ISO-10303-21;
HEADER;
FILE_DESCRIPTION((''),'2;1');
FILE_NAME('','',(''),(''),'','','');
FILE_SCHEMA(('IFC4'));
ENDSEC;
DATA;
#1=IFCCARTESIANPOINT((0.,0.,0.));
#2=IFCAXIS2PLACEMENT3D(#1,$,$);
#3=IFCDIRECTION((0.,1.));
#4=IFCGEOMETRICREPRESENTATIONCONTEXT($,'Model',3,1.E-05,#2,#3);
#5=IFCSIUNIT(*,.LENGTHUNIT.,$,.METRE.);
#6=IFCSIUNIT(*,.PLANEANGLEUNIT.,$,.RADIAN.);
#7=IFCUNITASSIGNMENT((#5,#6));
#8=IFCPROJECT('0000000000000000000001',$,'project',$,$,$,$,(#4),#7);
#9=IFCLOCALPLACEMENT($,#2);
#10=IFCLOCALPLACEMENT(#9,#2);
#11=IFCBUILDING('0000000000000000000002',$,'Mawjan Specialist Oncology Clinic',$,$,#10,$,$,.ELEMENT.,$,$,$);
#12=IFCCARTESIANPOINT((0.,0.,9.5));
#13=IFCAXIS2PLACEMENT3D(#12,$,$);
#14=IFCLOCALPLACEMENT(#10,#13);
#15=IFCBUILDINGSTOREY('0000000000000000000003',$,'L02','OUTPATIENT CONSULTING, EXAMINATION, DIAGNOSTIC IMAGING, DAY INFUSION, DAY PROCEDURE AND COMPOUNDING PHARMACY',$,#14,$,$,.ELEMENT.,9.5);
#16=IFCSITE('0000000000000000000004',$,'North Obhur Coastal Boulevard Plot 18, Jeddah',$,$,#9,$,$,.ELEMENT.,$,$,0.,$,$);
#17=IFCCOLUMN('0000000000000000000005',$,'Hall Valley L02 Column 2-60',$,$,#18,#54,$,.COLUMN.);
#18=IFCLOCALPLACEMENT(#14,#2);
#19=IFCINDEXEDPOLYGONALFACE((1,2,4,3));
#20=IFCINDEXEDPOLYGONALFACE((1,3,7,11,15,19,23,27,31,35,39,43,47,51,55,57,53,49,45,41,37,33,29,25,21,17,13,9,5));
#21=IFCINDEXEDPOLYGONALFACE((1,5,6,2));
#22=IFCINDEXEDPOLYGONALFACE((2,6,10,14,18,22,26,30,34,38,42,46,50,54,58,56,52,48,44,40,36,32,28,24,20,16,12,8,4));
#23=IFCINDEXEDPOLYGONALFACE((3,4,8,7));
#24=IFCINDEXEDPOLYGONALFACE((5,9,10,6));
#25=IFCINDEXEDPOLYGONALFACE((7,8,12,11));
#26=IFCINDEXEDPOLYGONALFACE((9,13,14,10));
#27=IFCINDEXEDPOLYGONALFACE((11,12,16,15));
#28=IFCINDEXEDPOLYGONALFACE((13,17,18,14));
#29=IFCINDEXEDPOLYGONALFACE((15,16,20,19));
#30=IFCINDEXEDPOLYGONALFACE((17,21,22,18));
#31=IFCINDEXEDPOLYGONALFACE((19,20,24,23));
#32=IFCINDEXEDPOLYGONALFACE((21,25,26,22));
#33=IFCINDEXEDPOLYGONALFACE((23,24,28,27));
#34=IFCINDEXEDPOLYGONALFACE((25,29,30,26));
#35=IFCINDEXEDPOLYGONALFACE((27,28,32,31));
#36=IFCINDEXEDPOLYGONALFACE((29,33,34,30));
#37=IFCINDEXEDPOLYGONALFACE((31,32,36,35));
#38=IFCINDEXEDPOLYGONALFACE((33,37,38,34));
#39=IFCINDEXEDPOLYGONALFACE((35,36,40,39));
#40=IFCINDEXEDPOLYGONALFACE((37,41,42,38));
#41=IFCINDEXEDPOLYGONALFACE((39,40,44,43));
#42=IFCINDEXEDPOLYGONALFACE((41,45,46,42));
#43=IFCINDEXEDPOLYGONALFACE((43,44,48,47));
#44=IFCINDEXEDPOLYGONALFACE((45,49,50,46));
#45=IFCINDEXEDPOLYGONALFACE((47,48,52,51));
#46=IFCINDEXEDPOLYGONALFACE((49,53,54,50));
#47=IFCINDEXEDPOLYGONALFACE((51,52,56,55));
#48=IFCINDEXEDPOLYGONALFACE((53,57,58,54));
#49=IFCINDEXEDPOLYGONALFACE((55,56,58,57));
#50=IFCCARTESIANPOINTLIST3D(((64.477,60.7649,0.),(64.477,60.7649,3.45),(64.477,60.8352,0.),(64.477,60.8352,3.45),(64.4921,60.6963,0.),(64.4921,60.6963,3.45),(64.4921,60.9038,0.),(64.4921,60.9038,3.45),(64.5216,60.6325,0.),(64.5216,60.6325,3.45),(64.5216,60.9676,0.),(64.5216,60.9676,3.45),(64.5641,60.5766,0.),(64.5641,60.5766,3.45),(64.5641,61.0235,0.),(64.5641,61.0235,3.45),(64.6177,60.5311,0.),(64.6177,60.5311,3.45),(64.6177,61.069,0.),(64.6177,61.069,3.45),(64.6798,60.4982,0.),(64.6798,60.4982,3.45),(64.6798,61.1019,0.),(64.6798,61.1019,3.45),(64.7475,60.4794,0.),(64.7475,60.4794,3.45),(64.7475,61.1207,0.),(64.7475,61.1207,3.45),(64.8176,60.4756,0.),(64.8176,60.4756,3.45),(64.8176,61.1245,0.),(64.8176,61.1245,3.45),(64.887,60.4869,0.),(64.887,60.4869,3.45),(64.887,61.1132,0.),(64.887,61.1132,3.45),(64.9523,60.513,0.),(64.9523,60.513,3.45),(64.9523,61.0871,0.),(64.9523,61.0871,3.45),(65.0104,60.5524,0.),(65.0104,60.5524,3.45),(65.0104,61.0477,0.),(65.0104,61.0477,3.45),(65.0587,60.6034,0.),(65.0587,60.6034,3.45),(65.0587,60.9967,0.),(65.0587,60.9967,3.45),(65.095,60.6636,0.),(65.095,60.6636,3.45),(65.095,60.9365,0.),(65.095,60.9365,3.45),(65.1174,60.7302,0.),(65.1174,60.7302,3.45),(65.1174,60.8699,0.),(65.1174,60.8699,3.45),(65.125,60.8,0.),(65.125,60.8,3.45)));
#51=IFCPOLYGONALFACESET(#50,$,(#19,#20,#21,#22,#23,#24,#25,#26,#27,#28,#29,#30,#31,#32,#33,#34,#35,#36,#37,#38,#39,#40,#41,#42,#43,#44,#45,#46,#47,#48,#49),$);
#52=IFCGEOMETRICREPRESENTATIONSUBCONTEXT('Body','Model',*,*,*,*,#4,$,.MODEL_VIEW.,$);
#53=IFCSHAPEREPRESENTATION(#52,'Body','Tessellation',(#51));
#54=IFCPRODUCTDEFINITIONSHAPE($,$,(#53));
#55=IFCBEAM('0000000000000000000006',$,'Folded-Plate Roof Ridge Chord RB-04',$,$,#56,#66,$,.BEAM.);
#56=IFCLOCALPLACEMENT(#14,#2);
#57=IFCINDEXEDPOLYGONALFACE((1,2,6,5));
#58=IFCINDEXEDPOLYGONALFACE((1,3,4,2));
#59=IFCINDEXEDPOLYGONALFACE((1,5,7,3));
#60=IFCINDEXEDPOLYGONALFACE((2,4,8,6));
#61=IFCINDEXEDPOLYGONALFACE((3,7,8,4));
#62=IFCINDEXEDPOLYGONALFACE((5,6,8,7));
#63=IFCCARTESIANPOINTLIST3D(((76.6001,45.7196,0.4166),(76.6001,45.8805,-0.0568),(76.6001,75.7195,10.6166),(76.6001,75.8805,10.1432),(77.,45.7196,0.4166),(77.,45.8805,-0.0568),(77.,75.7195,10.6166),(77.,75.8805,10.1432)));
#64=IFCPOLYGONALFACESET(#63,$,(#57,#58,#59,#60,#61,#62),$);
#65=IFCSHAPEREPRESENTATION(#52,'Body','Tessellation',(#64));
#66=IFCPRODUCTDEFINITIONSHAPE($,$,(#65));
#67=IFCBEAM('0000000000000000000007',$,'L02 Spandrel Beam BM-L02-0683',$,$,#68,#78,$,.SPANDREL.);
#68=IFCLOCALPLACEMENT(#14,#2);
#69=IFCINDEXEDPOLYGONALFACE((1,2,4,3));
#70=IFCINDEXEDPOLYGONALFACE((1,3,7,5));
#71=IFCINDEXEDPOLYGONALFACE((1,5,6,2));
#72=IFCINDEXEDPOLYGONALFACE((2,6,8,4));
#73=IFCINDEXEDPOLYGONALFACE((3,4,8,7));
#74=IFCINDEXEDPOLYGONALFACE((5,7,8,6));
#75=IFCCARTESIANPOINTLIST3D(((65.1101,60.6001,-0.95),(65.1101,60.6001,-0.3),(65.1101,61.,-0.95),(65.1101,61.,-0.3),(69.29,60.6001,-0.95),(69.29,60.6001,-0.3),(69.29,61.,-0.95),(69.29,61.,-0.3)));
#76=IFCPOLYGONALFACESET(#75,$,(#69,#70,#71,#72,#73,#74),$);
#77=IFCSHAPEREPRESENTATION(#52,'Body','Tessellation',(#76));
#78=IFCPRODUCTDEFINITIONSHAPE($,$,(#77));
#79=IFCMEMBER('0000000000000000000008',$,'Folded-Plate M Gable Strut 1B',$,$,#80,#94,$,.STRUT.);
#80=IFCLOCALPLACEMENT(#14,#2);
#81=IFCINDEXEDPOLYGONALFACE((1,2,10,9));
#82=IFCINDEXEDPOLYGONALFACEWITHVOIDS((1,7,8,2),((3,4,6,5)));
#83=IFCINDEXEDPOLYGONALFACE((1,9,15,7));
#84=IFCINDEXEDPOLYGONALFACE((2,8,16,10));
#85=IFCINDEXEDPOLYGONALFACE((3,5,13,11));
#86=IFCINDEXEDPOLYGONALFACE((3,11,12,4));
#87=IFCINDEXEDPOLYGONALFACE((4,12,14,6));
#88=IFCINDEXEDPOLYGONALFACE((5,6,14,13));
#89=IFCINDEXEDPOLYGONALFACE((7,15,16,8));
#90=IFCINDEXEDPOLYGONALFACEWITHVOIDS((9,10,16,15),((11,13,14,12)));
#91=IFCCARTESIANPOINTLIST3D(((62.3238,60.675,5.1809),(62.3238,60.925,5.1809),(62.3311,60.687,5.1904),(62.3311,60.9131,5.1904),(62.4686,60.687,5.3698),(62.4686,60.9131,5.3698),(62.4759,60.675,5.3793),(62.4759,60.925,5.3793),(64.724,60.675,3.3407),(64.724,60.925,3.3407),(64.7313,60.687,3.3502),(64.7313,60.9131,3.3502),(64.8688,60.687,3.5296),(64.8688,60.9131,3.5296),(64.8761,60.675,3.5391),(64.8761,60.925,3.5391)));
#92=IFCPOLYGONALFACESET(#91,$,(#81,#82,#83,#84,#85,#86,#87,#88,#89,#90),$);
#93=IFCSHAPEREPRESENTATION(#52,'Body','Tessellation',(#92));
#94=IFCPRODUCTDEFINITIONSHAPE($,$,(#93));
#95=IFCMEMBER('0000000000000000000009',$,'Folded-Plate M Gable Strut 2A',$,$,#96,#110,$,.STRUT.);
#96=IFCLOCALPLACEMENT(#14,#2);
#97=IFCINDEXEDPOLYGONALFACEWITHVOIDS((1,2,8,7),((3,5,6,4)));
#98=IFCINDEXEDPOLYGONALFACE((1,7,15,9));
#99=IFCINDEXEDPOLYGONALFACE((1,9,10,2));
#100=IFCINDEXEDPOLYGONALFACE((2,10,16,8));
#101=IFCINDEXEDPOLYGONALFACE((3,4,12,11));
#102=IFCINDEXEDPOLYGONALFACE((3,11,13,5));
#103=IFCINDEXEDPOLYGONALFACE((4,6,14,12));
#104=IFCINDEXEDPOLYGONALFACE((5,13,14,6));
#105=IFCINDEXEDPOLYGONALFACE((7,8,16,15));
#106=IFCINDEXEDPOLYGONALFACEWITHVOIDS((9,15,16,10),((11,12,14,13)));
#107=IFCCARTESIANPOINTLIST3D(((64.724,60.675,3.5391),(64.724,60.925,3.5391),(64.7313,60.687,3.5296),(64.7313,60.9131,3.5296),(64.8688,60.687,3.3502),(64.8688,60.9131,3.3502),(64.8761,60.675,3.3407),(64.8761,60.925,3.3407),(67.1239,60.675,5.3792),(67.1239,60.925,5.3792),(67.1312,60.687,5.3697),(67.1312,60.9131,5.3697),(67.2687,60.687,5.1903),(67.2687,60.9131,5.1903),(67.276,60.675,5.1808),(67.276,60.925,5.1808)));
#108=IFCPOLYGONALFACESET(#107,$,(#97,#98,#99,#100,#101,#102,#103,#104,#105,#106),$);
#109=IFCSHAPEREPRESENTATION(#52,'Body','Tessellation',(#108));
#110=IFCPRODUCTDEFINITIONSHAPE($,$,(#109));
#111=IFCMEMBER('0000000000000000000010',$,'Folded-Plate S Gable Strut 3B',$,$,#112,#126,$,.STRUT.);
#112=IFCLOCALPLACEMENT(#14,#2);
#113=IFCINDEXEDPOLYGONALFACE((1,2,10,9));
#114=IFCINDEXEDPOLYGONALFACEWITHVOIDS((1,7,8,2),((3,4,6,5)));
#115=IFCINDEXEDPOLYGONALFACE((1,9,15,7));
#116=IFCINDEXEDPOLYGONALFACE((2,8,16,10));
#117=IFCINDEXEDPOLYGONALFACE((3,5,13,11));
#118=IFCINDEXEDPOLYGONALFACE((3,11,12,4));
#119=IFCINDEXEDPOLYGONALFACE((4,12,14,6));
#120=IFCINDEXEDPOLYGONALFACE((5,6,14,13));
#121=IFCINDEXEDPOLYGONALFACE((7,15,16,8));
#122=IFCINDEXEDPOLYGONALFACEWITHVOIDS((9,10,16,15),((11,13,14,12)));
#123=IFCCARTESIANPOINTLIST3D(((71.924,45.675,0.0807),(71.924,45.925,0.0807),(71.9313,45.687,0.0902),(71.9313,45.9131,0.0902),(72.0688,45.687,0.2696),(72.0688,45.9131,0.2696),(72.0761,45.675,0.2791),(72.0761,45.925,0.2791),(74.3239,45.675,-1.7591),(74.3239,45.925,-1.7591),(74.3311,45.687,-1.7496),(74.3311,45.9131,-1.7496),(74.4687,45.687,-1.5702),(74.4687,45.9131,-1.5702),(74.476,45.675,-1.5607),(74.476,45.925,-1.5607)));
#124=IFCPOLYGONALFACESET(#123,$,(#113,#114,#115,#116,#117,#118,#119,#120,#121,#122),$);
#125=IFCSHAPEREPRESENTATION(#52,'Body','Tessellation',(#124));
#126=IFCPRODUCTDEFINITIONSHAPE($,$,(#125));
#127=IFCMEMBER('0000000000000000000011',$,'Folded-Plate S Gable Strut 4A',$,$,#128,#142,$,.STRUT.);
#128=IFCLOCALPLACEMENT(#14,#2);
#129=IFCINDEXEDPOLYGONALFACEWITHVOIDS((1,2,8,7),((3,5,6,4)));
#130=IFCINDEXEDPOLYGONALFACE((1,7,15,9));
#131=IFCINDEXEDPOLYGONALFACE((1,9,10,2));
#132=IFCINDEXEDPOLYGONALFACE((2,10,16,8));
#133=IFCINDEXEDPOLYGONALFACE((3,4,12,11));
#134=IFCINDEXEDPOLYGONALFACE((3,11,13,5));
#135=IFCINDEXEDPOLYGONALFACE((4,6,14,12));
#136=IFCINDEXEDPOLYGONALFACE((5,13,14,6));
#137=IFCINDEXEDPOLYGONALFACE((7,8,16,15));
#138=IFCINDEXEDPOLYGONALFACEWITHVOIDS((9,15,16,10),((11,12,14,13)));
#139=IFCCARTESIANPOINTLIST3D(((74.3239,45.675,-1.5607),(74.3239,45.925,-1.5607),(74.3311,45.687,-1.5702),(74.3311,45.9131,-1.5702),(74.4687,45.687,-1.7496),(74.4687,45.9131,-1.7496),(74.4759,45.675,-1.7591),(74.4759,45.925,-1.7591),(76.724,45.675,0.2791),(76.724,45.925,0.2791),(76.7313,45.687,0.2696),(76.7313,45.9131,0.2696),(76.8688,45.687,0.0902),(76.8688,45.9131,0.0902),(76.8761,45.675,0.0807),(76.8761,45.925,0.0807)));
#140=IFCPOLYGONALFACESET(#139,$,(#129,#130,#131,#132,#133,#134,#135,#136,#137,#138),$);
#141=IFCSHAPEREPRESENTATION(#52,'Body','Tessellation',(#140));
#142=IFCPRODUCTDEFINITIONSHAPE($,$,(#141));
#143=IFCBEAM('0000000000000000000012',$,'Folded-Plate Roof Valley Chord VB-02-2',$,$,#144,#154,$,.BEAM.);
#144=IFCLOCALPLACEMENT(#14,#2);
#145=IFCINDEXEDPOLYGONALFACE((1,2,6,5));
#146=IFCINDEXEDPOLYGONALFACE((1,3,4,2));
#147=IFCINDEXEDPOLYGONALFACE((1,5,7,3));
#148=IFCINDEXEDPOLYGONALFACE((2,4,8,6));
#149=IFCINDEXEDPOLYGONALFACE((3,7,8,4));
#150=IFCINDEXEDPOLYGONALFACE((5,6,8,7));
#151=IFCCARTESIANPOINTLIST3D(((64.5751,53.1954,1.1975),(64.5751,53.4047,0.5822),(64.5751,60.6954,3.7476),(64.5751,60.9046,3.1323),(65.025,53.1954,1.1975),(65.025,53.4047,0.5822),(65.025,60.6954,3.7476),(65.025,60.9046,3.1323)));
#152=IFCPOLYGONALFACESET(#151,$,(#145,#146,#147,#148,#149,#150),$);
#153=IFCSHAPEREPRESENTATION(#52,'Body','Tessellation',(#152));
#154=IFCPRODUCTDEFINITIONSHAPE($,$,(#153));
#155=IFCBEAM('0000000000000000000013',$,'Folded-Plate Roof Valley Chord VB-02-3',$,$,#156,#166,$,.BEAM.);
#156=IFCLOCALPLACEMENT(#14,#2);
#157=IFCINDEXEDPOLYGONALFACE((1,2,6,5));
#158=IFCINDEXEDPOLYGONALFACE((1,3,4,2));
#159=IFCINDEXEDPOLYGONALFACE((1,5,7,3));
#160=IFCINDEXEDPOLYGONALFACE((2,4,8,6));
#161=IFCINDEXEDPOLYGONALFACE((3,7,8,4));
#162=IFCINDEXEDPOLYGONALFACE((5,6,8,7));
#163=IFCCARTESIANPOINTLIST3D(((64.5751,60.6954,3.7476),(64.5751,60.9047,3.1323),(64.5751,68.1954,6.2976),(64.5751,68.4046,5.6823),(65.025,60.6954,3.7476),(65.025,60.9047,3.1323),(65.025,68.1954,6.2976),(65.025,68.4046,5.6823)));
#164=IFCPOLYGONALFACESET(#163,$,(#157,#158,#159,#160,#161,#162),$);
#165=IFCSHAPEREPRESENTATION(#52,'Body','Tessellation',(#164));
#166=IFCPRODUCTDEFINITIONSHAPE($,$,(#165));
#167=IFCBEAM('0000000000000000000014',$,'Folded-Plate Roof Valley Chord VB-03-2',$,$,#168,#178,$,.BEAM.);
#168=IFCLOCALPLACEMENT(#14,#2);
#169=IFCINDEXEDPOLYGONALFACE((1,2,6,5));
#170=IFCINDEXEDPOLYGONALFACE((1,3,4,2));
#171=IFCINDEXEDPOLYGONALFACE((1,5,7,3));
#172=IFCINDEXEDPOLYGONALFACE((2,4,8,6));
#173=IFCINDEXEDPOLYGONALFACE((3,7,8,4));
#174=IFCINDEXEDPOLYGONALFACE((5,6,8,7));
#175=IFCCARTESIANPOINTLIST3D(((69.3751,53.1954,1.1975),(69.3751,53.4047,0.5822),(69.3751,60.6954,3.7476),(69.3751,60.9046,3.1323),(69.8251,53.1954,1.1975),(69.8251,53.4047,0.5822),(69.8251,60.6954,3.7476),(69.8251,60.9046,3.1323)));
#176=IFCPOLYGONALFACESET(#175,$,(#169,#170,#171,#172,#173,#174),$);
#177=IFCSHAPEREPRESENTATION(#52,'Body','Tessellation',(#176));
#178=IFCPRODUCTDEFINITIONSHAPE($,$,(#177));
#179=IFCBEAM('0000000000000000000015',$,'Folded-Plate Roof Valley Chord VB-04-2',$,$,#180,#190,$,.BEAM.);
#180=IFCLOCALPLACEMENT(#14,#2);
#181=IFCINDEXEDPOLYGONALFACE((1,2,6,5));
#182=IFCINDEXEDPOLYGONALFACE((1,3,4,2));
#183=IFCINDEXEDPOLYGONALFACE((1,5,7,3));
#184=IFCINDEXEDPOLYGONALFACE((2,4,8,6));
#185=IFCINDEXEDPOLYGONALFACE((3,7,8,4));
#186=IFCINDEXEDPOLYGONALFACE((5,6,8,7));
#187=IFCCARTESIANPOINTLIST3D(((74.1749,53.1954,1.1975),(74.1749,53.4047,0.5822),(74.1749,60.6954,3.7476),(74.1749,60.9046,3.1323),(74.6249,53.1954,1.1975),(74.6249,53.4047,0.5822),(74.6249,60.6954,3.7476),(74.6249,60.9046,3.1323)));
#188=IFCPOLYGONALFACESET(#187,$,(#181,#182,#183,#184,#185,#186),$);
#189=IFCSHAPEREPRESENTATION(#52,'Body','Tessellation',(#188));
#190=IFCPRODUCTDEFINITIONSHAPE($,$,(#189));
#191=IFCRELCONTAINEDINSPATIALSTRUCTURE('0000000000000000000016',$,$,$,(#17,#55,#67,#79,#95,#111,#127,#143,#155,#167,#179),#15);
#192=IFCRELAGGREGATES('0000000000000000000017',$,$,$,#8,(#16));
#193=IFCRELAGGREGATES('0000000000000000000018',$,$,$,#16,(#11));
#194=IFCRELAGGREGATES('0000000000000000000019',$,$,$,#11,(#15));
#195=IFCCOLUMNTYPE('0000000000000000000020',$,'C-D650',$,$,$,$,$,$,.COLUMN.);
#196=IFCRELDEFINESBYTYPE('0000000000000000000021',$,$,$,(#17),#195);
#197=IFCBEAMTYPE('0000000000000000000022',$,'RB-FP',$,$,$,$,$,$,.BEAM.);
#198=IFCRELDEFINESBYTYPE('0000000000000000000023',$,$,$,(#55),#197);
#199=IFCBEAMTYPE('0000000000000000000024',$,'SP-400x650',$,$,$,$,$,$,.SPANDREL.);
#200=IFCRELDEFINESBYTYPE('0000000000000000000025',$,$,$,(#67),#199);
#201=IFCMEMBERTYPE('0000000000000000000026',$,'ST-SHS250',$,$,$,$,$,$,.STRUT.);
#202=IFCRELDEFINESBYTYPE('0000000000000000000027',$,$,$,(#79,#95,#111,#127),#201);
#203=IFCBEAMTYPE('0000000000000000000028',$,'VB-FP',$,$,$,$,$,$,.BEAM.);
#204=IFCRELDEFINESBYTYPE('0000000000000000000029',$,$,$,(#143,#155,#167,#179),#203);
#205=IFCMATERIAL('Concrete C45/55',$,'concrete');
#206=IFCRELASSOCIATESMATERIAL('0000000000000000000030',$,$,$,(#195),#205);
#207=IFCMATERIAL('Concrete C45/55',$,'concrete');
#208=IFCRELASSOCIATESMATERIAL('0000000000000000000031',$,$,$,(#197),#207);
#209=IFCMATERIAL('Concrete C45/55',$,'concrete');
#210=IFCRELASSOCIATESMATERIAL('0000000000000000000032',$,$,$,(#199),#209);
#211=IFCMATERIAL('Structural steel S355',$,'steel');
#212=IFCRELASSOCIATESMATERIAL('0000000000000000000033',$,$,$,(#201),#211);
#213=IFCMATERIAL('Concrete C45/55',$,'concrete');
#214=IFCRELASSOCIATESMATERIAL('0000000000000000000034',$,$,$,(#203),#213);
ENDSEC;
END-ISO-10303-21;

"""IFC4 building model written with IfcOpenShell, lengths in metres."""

from ifc_helpers import new_model, si_unit, direction, frame, origin, origin_2d, place, context, subcontext, project, spatial, rectangle, hollow_rectangle, circle, extrude, material, material_profile, profile_set, type_object, element, save


model = new_model("IFC4")

# Units and contexts
model_context = context("Model", 3, precision=1e-05, world=origin(), true_north=direction((0.0, 1.0)))
body_context = subcontext(model_context, "Body", "Model", "MODEL_VIEW")
ifc_project = project(units=[si_unit("LENGTHUNIT", "METRE"), si_unit("PLANEANGLEUNIT", "RADIAN")], contexts=[model_context])

# Site, building, storey
site_placement = place(None, origin())
site = spatial("IfcSite", under=ifc_project, at=site_placement, Name="North Obhur Coastal Boulevard Plot 18, Jeddah", CompositionType="ELEMENT", RefElevation=0.0)
building_placement = place(site_placement, origin())
building = spatial("IfcBuilding", under=site, at=building_placement, Name="Mawjan Specialist Oncology Clinic", CompositionType="ELEMENT")
storey_placement = place(building_placement, frame((0.0, 0.0, 9.5)))
storey = spatial("IfcBuildingStorey", under=building, at=storey_placement, Name="L02", Description="OUTPATIENT CONSULTING, EXAMINATION, DIAGNOSTIC IMAGING, DAY INFUSION, DAY PROCEDURE AND COMPOUNDING PHARMACY", CompositionType="ELEMENT", Elevation=9.5)

# Column
ifc_material_1 = material(Name="Concrete C45/55", Category="concrete")
ifc_material_profile_1 = material_profile(ifc_material_1, circle(Radius=0.325, at=origin_2d()), Name="RC COL D650", Category="concrete")
ifc_profile_set_1 = profile_set([ifc_material_profile_1], Name="Concrete C45/55")
column_type = type_object("IfcColumnType", Name="C-D650", PredefinedType="COLUMN", material=ifc_profile_set_1)
column_placement = place(storey_placement, frame((64.8, 60.8, 0.0), z_axis=(0.0, 0.0, 1.0), x_axis=(1.0, 0.0, 0.0)))
element("IfcColumn", 1, at=column_placement, inside=storey, type_object=column_type, Name="Hall Valley L02 Column 2-60", PredefinedType="COLUMN", context=body_context, shape_type="SweptSolid", body=[
    extrude(circle(Radius=0.325, at=origin_2d()), origin(), (0.0, 0.0, 1.0), 3.45),
])

# Beams
ifc_material_2 = material(Name="Concrete C45/55", Category="concrete")
ifc_material_profile_2 = material_profile(ifc_material_2, rectangle(XDim=0.3999, YDim=0.5, at=origin_2d()), Name="RC CHORD 400x500", Category="concrete")
ifc_profile_set_2 = profile_set([ifc_material_profile_2], Name="Concrete C45/55")
beam_type_1 = type_object("IfcBeamType", Name="RB-FP", PredefinedType="BEAM", material=ifc_profile_set_2)
beam_1_placement = place(storey_placement, frame((76.8, 45.8, 0.1799), z_axis=(0.0, 0.946773, 0.321901), x_axis=(-1.0, 0.0, 0.0)))
element("IfcBeam", 2, at=beam_1_placement, inside=storey, type_object=beam_type_1, Name="Folded-Plate Roof Ridge Chord RB-04", PredefinedType="BEAM", context=body_context, shape_type="SweptSolid", body=[
    extrude(rectangle(XDim=0.3999, YDim=0.5, at=origin_2d()), origin(), (0.0, 0.0, 1.0), 31.6865),
])
ifc_material_3 = material(Name="Concrete C45/55", Category="concrete")
ifc_material_profile_3 = material_profile(ifc_material_3, rectangle(XDim=0.3999, YDim=0.6499, at=origin_2d()), Name="RC BM 400x650", Category="concrete")
ifc_profile_set_3 = profile_set([ifc_material_profile_3], Name="Concrete C45/55")
beam_type_2 = type_object("IfcBeamType", Name="SP-400x650", PredefinedType="SPANDREL", material=ifc_profile_set_3)
beam_2_placement = place(storey_placement, frame((65.1101, 60.8, -0.625), z_axis=(1.0, 0.0, 0.0), x_axis=(0.0, 1.0, 0.0)))
element("IfcBeam", 3, at=beam_2_placement, inside=storey, type_object=beam_type_2, Name="L02 Spandrel Beam BM-L02-0683", PredefinedType="SPANDREL", context=body_context, shape_type="SweptSolid", body=[
    extrude(rectangle(XDim=0.3999, YDim=0.6499, at=origin_2d()), origin(), (0.0, 0.0, 1.0), 4.1799),
])

# Members
ifc_material_4 = material(Name="Structural steel S355", Category="steel")
ifc_material_profile_4 = material_profile(ifc_material_4, hollow_rectangle(XDim=0.25, YDim=0.25, WallThickness=0.012, at=origin_2d()), Name="SHS 250x250x12", Category="steel")
ifc_profile_set_4 = profile_set([ifc_material_profile_4], Name="Structural steel S355")
member_type = type_object("IfcMemberType", Name="ST-SHS250", PredefinedType="STRUT", material=ifc_profile_set_4)
member_1_placement = place(storey_placement, frame((64.8, 60.8, 3.4399), z_axis=(-0.79361, 0.0, 0.608426), x_axis=(0.0, -1.0, 0.0)))
element("IfcMember", 4, at=member_1_placement, inside=storey, type_object=member_type, Name="Folded-Plate M Gable Strut 1B", PredefinedType="STRUT", context=body_context, shape_type="SweptSolid", body=[
    extrude(hollow_rectangle(XDim=0.25, YDim=0.25, WallThickness=0.012, at=origin_2d()), origin(), (0.0, 0.0, 1.0), 3.0244),
])
member_2_placement = place(storey_placement, frame((64.8, 60.8, 3.4399), z_axis=(0.79358, 0.0, 0.608465), x_axis=(0.0, 1.0, 0.0)))
element("IfcMember", 5, at=member_2_placement, inside=storey, type_object=member_type, Name="Folded-Plate M Gable Strut 2A", PredefinedType="STRUT", context=body_context, shape_type="SweptSolid", body=[
    extrude(hollow_rectangle(XDim=0.25, YDim=0.25, WallThickness=0.012, at=origin_2d()), origin(), (0.0, 0.0, 1.0), 3.0242),
])
member_3_placement = place(storey_placement, frame((74.3999, 45.8, -1.6599), z_axis=(-0.793619, 0.0, 0.608415), x_axis=(0.0, -1.0, 0.0)))
element("IfcMember", 6, at=member_3_placement, inside=storey, type_object=member_type, Name="Folded-Plate S Gable Strut 3B", PredefinedType="STRUT", context=body_context, shape_type="SweptSolid", body=[
    extrude(hollow_rectangle(XDim=0.25, YDim=0.25, WallThickness=0.012, at=origin_2d()), origin(), (0.0, 0.0, 1.0), 3.0239),
])
member_4_placement = place(storey_placement, frame((74.3999, 45.8, -1.6599), z_axis=(0.793649, 0.0, 0.608376), x_axis=(0.0, 1.0, 0.0)))
element("IfcMember", 7, at=member_4_placement, inside=storey, type_object=member_type, Name="Folded-Plate S Gable Strut 4A", PredefinedType="STRUT", context=body_context, shape_type="SweptSolid", body=[
    extrude(hollow_rectangle(XDim=0.25, YDim=0.25, WallThickness=0.012, at=origin_2d()), origin(), (0.0, 0.0, 1.0), 3.0242),
])

# Beams
ifc_material_5 = material(Name="Concrete C45/55", Category="concrete")
ifc_material_profile_5 = material_profile(ifc_material_5, rectangle(XDim=0.45, YDim=0.6499, at=origin_2d()), Name="RC VALLEY 450x650", Category="concrete")
ifc_profile_set_5 = profile_set([ifc_material_profile_5], Name="Concrete C45/55")
beam_type_3 = type_object("IfcBeamType", Name="VB-FP", PredefinedType="BEAM", material=ifc_profile_set_5)
for number, where, z_axis, x_axis, name in (
    (8, (64.8, 53.3, 0.8899), (0.0, 0.946771, 0.321908), (-1.0, 0.0, 0.0), "Folded-Plate Roof Valley Chord VB-02-2"),
    (9, (64.8, 60.8, 3.4399), (0.0, 0.946771, 0.321908), (-1.0, 0.0, 0.0), "Folded-Plate Roof Valley Chord VB-02-3"),
    (10, (69.6001, 53.3, 0.8899), (0.0, 0.946771, 0.321908), (-1.0, 0.0, 0.0), "Folded-Plate Roof Valley Chord VB-03-2"),
    (11, (74.3999, 53.3, 0.8899), (0.0, 0.946771, 0.321908), (-1.0, 0.0, 0.0), "Folded-Plate Roof Valley Chord VB-04-2"),
):
    element("IfcBeam", number, at=place(storey_placement, frame(where, z_axis=z_axis, x_axis=x_axis)), inside=storey, type_object=beam_type_3, Name=name, PredefinedType="BEAM", context=body_context, shape_type="SweptSolid", body=[
        extrude(rectangle(XDim=0.45, YDim=0.6499, at=origin_2d()), origin(), (0.0, 0.0, 1.0), 7.9216),
    ])

save(model, "model.ifc")
